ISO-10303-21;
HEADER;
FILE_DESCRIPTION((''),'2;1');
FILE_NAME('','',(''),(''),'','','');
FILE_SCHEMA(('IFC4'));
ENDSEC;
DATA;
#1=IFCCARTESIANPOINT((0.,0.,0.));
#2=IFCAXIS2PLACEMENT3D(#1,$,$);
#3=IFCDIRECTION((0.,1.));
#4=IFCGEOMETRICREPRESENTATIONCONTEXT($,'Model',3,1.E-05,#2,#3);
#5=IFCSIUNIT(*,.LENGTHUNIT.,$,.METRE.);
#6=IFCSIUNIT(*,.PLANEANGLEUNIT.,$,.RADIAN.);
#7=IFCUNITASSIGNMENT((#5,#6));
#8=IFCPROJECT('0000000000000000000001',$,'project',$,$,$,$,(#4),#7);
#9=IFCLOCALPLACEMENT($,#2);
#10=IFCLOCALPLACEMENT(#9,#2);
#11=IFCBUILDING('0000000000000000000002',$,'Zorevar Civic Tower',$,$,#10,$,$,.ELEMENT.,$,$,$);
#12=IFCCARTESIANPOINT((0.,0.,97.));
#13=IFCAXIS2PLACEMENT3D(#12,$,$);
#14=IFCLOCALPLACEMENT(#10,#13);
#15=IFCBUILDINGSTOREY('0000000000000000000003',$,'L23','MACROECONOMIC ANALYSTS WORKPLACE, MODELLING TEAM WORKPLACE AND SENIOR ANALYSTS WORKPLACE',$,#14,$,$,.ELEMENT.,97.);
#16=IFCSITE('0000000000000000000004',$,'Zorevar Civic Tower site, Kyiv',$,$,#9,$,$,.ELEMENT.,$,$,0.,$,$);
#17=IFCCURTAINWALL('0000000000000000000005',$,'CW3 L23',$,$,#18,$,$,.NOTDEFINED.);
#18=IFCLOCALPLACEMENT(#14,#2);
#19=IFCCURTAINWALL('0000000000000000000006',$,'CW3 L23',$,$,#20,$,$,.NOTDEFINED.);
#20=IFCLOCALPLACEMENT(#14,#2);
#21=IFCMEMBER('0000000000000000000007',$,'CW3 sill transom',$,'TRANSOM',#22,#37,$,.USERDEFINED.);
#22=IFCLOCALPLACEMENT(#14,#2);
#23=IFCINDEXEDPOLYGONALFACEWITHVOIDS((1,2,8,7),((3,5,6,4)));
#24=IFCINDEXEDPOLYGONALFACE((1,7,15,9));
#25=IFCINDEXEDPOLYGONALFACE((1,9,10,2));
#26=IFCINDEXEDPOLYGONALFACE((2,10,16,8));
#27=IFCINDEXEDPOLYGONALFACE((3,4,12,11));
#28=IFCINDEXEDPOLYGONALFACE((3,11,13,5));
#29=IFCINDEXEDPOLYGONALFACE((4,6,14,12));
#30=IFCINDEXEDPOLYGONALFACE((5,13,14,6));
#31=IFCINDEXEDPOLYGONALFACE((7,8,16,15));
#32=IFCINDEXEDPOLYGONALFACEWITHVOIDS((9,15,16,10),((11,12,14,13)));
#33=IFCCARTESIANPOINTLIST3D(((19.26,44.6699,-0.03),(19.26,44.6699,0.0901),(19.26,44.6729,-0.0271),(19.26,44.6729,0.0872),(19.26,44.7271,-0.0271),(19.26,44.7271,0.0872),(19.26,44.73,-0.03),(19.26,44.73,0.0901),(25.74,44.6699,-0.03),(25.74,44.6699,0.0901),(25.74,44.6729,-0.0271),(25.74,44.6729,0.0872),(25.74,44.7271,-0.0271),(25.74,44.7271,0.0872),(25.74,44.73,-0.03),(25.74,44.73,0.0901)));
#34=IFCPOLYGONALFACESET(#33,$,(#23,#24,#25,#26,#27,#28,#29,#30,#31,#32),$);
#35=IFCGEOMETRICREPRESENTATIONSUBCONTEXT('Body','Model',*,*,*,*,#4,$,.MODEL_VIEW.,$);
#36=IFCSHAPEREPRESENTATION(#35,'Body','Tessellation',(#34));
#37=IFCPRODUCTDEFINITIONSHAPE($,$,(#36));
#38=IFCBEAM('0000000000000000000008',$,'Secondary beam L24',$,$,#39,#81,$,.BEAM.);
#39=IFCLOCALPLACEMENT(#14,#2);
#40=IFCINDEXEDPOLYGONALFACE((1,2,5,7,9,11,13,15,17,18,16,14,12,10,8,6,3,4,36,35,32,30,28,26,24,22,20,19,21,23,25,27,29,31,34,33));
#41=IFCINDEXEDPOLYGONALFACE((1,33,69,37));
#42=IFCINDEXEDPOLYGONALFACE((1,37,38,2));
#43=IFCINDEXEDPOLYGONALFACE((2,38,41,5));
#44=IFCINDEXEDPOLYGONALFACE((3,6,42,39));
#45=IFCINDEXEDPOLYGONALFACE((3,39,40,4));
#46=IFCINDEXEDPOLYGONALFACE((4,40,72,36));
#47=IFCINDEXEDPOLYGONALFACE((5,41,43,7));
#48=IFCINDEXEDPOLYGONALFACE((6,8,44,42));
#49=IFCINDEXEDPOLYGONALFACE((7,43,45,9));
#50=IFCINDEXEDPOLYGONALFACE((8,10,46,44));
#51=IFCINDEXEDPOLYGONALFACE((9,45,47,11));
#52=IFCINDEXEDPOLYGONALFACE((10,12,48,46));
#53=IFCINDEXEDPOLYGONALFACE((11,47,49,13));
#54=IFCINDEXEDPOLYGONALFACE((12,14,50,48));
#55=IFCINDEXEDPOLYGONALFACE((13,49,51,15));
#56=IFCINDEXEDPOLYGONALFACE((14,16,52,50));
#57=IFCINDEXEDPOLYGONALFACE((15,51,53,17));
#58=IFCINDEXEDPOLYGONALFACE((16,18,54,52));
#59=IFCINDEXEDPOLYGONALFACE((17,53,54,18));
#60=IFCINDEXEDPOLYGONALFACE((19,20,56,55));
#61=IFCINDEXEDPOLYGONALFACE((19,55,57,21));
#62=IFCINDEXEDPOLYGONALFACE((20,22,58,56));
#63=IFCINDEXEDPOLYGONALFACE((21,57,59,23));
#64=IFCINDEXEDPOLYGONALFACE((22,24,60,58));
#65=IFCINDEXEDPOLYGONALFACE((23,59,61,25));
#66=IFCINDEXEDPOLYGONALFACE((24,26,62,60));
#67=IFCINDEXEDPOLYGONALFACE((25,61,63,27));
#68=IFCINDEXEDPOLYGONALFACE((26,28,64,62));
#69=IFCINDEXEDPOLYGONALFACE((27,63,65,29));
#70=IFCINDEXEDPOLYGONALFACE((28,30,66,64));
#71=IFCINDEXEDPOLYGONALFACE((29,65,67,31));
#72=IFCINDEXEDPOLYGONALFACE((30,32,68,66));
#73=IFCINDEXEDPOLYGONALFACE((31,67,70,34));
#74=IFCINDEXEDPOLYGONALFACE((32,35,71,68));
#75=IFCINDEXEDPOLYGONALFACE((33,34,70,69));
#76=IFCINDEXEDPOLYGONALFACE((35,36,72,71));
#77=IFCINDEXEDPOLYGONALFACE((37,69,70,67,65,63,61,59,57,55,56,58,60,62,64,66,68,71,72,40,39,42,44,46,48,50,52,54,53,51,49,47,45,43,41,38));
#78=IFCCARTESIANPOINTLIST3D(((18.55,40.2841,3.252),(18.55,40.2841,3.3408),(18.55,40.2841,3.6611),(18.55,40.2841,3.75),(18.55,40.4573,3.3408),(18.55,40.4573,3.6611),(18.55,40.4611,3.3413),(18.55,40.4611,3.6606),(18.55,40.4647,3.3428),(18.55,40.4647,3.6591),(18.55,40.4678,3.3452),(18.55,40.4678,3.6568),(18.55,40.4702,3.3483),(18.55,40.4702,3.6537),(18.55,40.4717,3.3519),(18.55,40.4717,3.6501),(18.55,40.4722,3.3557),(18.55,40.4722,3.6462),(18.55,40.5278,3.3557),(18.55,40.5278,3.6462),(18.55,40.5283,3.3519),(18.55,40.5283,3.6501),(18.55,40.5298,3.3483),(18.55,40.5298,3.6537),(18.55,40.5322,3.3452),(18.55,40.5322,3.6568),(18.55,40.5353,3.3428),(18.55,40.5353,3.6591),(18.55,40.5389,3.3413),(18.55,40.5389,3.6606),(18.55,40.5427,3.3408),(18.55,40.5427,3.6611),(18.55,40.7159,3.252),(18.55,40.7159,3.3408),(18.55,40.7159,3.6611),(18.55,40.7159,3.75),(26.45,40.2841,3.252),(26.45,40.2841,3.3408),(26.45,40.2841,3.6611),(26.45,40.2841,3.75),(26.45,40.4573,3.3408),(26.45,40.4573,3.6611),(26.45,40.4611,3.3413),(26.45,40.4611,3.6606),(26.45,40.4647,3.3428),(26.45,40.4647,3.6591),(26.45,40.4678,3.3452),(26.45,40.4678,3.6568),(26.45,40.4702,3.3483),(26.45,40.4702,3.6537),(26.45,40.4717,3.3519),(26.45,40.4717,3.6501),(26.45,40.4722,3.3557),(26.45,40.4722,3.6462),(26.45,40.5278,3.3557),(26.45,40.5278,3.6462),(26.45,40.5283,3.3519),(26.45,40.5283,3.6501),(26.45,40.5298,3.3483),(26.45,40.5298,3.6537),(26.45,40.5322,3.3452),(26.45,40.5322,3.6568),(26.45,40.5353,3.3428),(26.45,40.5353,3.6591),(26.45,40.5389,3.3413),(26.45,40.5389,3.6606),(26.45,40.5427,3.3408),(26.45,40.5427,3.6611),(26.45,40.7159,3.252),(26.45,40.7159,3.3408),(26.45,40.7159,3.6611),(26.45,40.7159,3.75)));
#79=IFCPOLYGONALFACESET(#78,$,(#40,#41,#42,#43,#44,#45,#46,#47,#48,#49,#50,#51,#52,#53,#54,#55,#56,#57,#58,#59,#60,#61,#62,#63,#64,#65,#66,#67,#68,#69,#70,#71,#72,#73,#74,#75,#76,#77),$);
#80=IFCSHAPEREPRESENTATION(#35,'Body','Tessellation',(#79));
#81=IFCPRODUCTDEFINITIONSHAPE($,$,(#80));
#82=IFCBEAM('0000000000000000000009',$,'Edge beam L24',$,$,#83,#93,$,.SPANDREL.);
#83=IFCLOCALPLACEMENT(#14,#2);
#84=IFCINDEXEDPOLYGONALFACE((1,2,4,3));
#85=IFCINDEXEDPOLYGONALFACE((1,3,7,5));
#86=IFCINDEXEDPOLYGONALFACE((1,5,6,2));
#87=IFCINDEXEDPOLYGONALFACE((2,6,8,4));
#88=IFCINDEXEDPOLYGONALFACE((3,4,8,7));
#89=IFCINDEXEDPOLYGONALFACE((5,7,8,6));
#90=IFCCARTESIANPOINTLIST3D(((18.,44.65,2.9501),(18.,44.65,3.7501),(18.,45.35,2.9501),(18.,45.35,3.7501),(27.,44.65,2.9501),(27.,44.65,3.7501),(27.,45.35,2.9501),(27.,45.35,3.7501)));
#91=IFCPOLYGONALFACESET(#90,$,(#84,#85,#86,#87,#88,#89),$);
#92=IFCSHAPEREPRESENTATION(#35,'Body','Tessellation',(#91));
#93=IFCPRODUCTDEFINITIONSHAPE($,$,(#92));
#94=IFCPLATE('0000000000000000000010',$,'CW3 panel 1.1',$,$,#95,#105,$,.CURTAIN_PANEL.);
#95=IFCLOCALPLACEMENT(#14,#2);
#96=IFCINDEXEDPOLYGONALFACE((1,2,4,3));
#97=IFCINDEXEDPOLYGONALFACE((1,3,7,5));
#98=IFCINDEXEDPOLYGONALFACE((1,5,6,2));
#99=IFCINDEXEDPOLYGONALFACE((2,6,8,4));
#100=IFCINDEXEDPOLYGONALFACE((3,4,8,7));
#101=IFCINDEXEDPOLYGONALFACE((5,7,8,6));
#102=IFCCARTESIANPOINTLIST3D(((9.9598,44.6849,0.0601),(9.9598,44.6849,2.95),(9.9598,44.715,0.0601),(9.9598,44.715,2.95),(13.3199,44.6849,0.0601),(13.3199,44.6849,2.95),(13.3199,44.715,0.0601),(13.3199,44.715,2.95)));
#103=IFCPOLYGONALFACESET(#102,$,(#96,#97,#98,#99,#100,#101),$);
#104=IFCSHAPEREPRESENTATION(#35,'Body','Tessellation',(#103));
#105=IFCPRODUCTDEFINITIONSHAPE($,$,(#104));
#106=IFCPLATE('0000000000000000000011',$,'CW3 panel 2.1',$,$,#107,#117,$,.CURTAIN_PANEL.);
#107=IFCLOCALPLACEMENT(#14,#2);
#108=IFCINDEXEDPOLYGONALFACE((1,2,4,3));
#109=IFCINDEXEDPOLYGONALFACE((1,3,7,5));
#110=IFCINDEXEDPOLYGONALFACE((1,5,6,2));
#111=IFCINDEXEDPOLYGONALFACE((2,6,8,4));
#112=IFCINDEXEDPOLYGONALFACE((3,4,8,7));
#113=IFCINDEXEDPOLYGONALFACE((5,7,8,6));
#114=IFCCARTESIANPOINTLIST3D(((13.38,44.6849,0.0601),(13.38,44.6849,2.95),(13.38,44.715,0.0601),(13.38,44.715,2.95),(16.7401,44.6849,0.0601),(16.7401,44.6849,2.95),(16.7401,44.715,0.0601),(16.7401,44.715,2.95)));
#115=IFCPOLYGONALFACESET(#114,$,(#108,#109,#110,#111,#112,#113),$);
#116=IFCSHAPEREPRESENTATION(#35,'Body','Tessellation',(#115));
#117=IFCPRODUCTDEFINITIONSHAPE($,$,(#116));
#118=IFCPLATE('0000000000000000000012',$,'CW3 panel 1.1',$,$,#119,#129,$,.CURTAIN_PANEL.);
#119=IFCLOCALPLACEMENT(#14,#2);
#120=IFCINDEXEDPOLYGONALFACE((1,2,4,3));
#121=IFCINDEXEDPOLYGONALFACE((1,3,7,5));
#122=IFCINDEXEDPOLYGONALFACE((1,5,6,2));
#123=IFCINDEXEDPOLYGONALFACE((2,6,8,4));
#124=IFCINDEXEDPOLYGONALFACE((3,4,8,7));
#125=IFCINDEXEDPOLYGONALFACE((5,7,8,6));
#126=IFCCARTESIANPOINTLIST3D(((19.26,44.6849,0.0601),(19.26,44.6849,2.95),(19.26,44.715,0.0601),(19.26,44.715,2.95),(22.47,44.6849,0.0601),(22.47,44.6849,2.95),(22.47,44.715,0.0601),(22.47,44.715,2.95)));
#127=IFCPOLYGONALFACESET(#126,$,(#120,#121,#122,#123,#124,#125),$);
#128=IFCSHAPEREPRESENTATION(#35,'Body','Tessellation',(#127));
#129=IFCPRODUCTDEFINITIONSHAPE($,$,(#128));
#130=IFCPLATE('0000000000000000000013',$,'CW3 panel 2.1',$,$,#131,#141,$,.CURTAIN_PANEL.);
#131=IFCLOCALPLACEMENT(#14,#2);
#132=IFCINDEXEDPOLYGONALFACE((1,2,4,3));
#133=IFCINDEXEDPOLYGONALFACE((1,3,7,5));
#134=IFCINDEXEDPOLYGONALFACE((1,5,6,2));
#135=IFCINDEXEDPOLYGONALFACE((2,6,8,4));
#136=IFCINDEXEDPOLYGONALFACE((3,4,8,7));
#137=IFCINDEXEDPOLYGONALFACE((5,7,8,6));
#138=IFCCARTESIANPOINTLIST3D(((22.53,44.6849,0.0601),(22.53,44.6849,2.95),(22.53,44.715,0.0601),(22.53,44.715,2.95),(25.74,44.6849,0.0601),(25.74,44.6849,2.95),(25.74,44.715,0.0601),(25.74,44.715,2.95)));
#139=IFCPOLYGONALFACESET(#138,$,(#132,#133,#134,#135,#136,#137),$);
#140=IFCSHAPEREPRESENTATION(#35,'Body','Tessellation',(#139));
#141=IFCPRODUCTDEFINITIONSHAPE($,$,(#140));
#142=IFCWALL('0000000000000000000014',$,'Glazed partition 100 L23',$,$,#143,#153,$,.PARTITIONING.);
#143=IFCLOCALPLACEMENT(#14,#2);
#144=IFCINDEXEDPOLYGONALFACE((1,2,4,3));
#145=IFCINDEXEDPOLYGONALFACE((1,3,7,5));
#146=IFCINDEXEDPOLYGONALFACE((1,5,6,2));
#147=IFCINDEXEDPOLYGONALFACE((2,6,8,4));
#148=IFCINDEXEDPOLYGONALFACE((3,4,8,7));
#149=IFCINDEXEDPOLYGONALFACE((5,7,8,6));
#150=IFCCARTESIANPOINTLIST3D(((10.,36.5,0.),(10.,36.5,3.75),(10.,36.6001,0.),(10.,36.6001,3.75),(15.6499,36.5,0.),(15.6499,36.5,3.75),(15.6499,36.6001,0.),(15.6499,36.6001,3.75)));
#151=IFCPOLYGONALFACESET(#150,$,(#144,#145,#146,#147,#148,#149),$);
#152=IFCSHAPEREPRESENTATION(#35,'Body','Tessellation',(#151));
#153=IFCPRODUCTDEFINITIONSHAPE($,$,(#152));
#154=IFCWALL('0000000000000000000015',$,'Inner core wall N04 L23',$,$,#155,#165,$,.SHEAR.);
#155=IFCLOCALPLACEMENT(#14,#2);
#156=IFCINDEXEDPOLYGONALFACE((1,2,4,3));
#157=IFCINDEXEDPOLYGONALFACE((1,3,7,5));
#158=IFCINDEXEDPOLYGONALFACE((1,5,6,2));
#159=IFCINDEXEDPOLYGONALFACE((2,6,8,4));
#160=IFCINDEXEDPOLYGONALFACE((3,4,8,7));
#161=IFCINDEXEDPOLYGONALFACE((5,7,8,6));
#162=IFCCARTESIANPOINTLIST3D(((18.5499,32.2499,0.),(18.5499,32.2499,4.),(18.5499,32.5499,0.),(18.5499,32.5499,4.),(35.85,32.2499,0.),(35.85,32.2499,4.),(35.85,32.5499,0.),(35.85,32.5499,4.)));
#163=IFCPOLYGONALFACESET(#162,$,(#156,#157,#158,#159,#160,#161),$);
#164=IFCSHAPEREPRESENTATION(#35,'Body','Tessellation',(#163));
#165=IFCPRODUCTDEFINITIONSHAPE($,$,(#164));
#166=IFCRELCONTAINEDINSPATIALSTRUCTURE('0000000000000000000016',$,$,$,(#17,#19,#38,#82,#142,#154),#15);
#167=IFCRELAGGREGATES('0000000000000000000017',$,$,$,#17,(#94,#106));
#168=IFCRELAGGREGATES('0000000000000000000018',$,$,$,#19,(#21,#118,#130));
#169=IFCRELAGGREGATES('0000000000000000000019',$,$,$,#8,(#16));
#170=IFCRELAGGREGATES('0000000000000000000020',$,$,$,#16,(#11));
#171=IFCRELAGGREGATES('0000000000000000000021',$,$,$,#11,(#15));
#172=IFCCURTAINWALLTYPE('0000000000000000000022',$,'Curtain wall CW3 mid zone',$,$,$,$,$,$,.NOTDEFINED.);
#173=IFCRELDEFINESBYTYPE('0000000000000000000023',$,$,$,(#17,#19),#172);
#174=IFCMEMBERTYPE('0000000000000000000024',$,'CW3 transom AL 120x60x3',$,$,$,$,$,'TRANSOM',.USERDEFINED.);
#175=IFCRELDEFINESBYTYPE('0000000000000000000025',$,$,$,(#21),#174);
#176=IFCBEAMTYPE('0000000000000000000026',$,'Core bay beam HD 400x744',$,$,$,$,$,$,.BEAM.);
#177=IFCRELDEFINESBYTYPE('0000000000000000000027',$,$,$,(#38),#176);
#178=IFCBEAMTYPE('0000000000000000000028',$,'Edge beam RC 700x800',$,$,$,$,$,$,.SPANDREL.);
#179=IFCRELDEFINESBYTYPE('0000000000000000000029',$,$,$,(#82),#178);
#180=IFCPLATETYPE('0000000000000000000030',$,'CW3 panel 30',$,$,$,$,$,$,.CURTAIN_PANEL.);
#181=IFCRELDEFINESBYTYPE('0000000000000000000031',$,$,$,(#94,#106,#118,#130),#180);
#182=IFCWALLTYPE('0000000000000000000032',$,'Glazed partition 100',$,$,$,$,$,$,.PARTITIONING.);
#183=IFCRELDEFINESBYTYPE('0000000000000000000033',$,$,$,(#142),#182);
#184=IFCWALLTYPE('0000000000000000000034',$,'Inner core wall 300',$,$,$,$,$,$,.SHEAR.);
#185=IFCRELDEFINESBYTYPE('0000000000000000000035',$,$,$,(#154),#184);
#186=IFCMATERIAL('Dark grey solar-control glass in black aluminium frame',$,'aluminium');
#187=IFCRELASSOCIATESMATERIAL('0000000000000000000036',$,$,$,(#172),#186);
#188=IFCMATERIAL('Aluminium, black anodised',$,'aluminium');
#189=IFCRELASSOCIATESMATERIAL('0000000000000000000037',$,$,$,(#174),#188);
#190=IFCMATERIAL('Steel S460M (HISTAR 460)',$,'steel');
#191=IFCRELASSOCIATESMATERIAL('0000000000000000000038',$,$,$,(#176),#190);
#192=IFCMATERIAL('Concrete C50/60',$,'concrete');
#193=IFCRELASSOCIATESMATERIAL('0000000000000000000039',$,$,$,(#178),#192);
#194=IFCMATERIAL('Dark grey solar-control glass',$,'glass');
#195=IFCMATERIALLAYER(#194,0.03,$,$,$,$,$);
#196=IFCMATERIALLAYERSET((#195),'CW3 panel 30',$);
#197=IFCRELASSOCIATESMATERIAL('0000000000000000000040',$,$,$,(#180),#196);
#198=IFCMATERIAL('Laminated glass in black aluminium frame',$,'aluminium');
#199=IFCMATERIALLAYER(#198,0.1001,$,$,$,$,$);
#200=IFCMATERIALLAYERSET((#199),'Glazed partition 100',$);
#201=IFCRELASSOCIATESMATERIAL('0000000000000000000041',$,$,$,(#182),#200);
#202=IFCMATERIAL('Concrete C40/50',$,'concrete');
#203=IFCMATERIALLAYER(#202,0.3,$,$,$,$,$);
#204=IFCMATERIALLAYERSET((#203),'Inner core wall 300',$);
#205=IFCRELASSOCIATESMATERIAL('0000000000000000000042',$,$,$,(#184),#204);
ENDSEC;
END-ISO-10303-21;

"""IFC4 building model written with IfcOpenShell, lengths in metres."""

from ifc_helpers import new_model, si_unit, direction, frame, frame_2d, origin, origin_2d, place, context, subcontext, project, spatial, rectangle, hollow_rectangle, i_section, extrude, material, layer, layer_set, material_profile, profile_set, type_object, element, aggregate, save


model = new_model("IFC4")

# Units and contexts
model_context = context("Model", 3, precision=1e-05, world=origin(), true_north=direction((0.0, 1.0)))
body_context = subcontext(model_context, "Body", "Model", "MODEL_VIEW")
ifc_project = project(units=[si_unit("LENGTHUNIT", "METRE"), si_unit("PLANEANGLEUNIT", "RADIAN")], contexts=[model_context])

# Site, building, storey
site_placement = place(None, origin())
site = spatial("IfcSite", under=ifc_project, at=site_placement, Name="Zorevar Civic Tower site, Kyiv", CompositionType="ELEMENT", RefElevation=0.0)
building_placement = place(site_placement, origin())
building = spatial("IfcBuilding", under=site, at=building_placement, Name="Zorevar Civic Tower", CompositionType="ELEMENT")
storey_placement = place(building_placement, frame((0.0, 0.0, 97.0)))
storey = spatial("IfcBuildingStorey", under=building, at=storey_placement, Name="L23", Description="MACROECONOMIC ANALYSTS WORKPLACE, MODELLING TEAM WORKPLACE AND SENIOR ANALYSTS WORKPLACE", CompositionType="ELEMENT", Elevation=97.0)

# Curtain walls
ifc_material_1 = material(Name="Dark grey solar-control glass in black aluminium frame", Category="aluminium")
curtain_wall_type = type_object("IfcCurtainWallType", Name="Curtain wall CW3 mid zone", PredefinedType="NOTDEFINED", material=ifc_material_1)
curtain_wall_1_placement = place(storey_placement, origin())
curtain_wall_1 = element("IfcCurtainWall", 1, at=curtain_wall_1_placement, inside=storey, type_object=curtain_wall_type, Name="CW3 L23", PredefinedType="NOTDEFINED")
curtain_wall_2_placement = place(storey_placement, origin())
curtain_wall_2 = element("IfcCurtainWall", 2, at=curtain_wall_2_placement, inside=storey, type_object=curtain_wall_type, Name="CW3 L23", PredefinedType="NOTDEFINED")

# Member
ifc_material_2 = material(Name="Aluminium, black anodised", Category="aluminium")
ifc_material_profile_1 = material_profile(ifc_material_2, hollow_rectangle(XDim=0.0601, YDim=0.1201, WallThickness=0.0029, at=origin_2d()), Name="AL 120x60x3")
ifc_profile_set_1 = profile_set([ifc_material_profile_1], Name="Aluminium, black anodised")
member_type_1 = type_object("IfcMemberType", Name="CW3 transom AL 120x60x3", ElementType="TRANSOM", PredefinedType="USERDEFINED", material=ifc_profile_set_1)
member_1_placement = place(storey_placement, frame((19.26, 44.7, 0.03), z_axis=(1.0, 0.0, 0.0), x_axis=(0.0, 1.0, 0.0)))
member_1 = element("IfcMember", 3, at=member_1_placement, type_object=member_type_1, Name="CW3 sill transom", ObjectType="TRANSOM", PredefinedType="USERDEFINED", context=body_context, shape_type="SweptSolid", body=[
    extrude(hollow_rectangle(XDim=0.0601, YDim=0.1201, WallThickness=0.0029, at=origin_2d()), origin(), (0.0, 0.0, 1.0), 6.48),
])

# Beams
ifc_material_3 = material(Name="Steel S460M (HISTAR 460)", Category="steel")
ifc_material_profile_2 = material_profile(ifc_material_3, i_section(OverallWidth=0.4319, OverallDepth=0.498, WebThickness=0.0557, FlangeThickness=0.0889, FilletRadius=0.0149, at=origin_2d()), Name="HD 400x744")
ifc_profile_set_2 = profile_set([ifc_material_profile_2], Name="Steel S460M (HISTAR 460)")
beam_type_1 = type_object("IfcBeamType", Name="Core bay beam HD 400x744", PredefinedType="BEAM", material=ifc_profile_set_2)
beam_1_placement = place(storey_placement, frame((18.55, 40.5, 3.501), z_axis=(1.0, 0.0, 0.0), x_axis=(0.0, 1.0, 0.0)))
element("IfcBeam", 4, at=beam_1_placement, inside=storey, type_object=beam_type_1, Name="Secondary beam L24", PredefinedType="BEAM", context=body_context, shape_type="SweptSolid", body=[
    extrude(i_section(OverallWidth=0.4319, OverallDepth=0.498, WebThickness=0.0557, FlangeThickness=0.0889, FilletRadius=0.0149, at=origin_2d()), origin(), (0.0, 0.0, 1.0), 7.8999),
])
ifc_material_4 = material(Name="Concrete C50/60", Category="concrete")
ifc_material_profile_3 = material_profile(ifc_material_4, rectangle(XDim=0.7, YDim=0.8, at=origin_2d()), Name="RC 700x800")
ifc_profile_set_3 = profile_set([ifc_material_profile_3], Name="Concrete C50/60")
beam_type_2 = type_object("IfcBeamType", Name="Edge beam RC 700x800", PredefinedType="SPANDREL", material=ifc_profile_set_3)
beam_2_placement = place(storey_placement, frame((18.0, 45.0, 3.3501), z_axis=(1.0, 0.0, 0.0), x_axis=(0.0, 1.0, 0.0)))
element("IfcBeam", 5, at=beam_2_placement, inside=storey, type_object=beam_type_2, Name="Edge beam L24", PredefinedType="SPANDREL", context=body_context, shape_type="SweptSolid", body=[
    extrude(rectangle(XDim=0.7, YDim=0.8, at=origin_2d()), origin(), (0.0, 0.0, 1.0), 9.0),
])

# Plates
ifc_material_5 = material(Name="Dark grey solar-control glass", Category="glass")
ifc_layer_1 = layer(ifc_material_5, 0.03)
ifc_layer_set_1 = layer_set([ifc_layer_1], Name="CW3 panel 30")
plate_type = type_object("IfcPlateType", Name="CW3 panel 30", PredefinedType="CURTAIN_PANEL", material=ifc_layer_set_1)
plate_1_placement = place(storey_placement, frame((11.6399, 44.7, 0.0601), z_axis=(0.0, 0.0, 1.0), x_axis=(1.0, 0.0, 0.0)))
plate_1 = element("IfcPlate", 6, at=plate_1_placement, type_object=plate_type, Name="CW3 panel 1.1", PredefinedType="CURTAIN_PANEL", context=body_context, shape_type="SweptSolid", body=[
    extrude(rectangle(XDim=3.3601, YDim=0.03, at=origin_2d()), origin(), (0.0, 0.0, 1.0), 2.8899),
])
plate_2_placement = place(storey_placement, frame((15.0601, 44.7, 0.0601), z_axis=(0.0, 0.0, 1.0), x_axis=(1.0, 0.0, 0.0)))
plate_2 = element("IfcPlate", 7, at=plate_2_placement, type_object=plate_type, Name="CW3 panel 2.1", PredefinedType="CURTAIN_PANEL", context=body_context, shape_type="SweptSolid", body=[
    extrude(rectangle(XDim=3.3601, YDim=0.03, at=origin_2d()), origin(), (0.0, 0.0, 1.0), 2.8899),
])
aggregate(curtain_wall_1, [plate_1, plate_2])
plate_3_placement = place(storey_placement, frame((20.865, 44.7, 0.0601), z_axis=(0.0, 0.0, 1.0), x_axis=(1.0, 0.0, 0.0)))
plate_3 = element("IfcPlate", 8, at=plate_3_placement, type_object=plate_type, Name="CW3 panel 1.1", PredefinedType="CURTAIN_PANEL", context=body_context, shape_type="SweptSolid", body=[
    extrude(rectangle(XDim=3.21, YDim=0.03, at=origin_2d()), origin(), (0.0, 0.0, 1.0), 2.8899),
])
plate_4_placement = place(storey_placement, frame((24.135, 44.7, 0.0601), z_axis=(0.0, 0.0, 1.0), x_axis=(1.0, 0.0, 0.0)))
plate_4 = element("IfcPlate", 9, at=plate_4_placement, type_object=plate_type, Name="CW3 panel 2.1", PredefinedType="CURTAIN_PANEL", context=body_context, shape_type="SweptSolid", body=[
    extrude(rectangle(XDim=3.21, YDim=0.03, at=origin_2d()), origin(), (0.0, 0.0, 1.0), 2.8899),
])
aggregate(curtain_wall_2, [member_1, plate_3, plate_4])

# Walls
ifc_material_6 = material(Name="Laminated glass in black aluminium frame", Category="aluminium")
ifc_layer_2 = layer(ifc_material_6, 0.1001)
ifc_layer_set_2 = layer_set([ifc_layer_2], Name="Glazed partition 100")
wall_type_1 = type_object("IfcWallType", Name="Glazed partition 100", PredefinedType="PARTITIONING", material=ifc_layer_set_2)
wall_1_placement = place(storey_placement, frame((10.0, 36.55, 0.0), z_axis=(0.0, 0.0, 1.0), x_axis=(1.0, 0.0, 0.0)))
element("IfcWall", 10, at=wall_1_placement, inside=storey, type_object=wall_type_1, Name="Glazed partition 100 L23", PredefinedType="PARTITIONING", context=body_context, shape_type="SweptSolid", body=[
    extrude(rectangle(XDim=5.6499, YDim=0.1001, at=frame_2d((2.825, 0.0))), origin(), (0.0, 0.0, 1.0), 3.75),
])
ifc_material_7 = material(Name="Concrete C40/50", Category="concrete")
ifc_layer_3 = layer(ifc_material_7, 0.3)
ifc_layer_set_3 = layer_set([ifc_layer_3], Name="Inner core wall 300")
wall_type_2 = type_object("IfcWallType", Name="Inner core wall 300", PredefinedType="SHEAR", material=ifc_layer_set_3)
wall_2_placement = place(storey_placement, frame((18.55, 32.3999, 0.0), z_axis=(0.0, 0.0, 1.0), x_axis=(1.0, 0.0, 0.0)))
element("IfcWall", 11, at=wall_2_placement, inside=storey, type_object=wall_type_2, Name="Inner core wall N04 L23", PredefinedType="SHEAR", context=body_context, shape_type="SweptSolid", body=[
    extrude(rectangle(XDim=17.3, YDim=0.3, at=frame_2d((8.6499, 0.0))), origin(), (0.0, 0.0, 1.0), 4.0),
])

save(model, "model.ifc")
